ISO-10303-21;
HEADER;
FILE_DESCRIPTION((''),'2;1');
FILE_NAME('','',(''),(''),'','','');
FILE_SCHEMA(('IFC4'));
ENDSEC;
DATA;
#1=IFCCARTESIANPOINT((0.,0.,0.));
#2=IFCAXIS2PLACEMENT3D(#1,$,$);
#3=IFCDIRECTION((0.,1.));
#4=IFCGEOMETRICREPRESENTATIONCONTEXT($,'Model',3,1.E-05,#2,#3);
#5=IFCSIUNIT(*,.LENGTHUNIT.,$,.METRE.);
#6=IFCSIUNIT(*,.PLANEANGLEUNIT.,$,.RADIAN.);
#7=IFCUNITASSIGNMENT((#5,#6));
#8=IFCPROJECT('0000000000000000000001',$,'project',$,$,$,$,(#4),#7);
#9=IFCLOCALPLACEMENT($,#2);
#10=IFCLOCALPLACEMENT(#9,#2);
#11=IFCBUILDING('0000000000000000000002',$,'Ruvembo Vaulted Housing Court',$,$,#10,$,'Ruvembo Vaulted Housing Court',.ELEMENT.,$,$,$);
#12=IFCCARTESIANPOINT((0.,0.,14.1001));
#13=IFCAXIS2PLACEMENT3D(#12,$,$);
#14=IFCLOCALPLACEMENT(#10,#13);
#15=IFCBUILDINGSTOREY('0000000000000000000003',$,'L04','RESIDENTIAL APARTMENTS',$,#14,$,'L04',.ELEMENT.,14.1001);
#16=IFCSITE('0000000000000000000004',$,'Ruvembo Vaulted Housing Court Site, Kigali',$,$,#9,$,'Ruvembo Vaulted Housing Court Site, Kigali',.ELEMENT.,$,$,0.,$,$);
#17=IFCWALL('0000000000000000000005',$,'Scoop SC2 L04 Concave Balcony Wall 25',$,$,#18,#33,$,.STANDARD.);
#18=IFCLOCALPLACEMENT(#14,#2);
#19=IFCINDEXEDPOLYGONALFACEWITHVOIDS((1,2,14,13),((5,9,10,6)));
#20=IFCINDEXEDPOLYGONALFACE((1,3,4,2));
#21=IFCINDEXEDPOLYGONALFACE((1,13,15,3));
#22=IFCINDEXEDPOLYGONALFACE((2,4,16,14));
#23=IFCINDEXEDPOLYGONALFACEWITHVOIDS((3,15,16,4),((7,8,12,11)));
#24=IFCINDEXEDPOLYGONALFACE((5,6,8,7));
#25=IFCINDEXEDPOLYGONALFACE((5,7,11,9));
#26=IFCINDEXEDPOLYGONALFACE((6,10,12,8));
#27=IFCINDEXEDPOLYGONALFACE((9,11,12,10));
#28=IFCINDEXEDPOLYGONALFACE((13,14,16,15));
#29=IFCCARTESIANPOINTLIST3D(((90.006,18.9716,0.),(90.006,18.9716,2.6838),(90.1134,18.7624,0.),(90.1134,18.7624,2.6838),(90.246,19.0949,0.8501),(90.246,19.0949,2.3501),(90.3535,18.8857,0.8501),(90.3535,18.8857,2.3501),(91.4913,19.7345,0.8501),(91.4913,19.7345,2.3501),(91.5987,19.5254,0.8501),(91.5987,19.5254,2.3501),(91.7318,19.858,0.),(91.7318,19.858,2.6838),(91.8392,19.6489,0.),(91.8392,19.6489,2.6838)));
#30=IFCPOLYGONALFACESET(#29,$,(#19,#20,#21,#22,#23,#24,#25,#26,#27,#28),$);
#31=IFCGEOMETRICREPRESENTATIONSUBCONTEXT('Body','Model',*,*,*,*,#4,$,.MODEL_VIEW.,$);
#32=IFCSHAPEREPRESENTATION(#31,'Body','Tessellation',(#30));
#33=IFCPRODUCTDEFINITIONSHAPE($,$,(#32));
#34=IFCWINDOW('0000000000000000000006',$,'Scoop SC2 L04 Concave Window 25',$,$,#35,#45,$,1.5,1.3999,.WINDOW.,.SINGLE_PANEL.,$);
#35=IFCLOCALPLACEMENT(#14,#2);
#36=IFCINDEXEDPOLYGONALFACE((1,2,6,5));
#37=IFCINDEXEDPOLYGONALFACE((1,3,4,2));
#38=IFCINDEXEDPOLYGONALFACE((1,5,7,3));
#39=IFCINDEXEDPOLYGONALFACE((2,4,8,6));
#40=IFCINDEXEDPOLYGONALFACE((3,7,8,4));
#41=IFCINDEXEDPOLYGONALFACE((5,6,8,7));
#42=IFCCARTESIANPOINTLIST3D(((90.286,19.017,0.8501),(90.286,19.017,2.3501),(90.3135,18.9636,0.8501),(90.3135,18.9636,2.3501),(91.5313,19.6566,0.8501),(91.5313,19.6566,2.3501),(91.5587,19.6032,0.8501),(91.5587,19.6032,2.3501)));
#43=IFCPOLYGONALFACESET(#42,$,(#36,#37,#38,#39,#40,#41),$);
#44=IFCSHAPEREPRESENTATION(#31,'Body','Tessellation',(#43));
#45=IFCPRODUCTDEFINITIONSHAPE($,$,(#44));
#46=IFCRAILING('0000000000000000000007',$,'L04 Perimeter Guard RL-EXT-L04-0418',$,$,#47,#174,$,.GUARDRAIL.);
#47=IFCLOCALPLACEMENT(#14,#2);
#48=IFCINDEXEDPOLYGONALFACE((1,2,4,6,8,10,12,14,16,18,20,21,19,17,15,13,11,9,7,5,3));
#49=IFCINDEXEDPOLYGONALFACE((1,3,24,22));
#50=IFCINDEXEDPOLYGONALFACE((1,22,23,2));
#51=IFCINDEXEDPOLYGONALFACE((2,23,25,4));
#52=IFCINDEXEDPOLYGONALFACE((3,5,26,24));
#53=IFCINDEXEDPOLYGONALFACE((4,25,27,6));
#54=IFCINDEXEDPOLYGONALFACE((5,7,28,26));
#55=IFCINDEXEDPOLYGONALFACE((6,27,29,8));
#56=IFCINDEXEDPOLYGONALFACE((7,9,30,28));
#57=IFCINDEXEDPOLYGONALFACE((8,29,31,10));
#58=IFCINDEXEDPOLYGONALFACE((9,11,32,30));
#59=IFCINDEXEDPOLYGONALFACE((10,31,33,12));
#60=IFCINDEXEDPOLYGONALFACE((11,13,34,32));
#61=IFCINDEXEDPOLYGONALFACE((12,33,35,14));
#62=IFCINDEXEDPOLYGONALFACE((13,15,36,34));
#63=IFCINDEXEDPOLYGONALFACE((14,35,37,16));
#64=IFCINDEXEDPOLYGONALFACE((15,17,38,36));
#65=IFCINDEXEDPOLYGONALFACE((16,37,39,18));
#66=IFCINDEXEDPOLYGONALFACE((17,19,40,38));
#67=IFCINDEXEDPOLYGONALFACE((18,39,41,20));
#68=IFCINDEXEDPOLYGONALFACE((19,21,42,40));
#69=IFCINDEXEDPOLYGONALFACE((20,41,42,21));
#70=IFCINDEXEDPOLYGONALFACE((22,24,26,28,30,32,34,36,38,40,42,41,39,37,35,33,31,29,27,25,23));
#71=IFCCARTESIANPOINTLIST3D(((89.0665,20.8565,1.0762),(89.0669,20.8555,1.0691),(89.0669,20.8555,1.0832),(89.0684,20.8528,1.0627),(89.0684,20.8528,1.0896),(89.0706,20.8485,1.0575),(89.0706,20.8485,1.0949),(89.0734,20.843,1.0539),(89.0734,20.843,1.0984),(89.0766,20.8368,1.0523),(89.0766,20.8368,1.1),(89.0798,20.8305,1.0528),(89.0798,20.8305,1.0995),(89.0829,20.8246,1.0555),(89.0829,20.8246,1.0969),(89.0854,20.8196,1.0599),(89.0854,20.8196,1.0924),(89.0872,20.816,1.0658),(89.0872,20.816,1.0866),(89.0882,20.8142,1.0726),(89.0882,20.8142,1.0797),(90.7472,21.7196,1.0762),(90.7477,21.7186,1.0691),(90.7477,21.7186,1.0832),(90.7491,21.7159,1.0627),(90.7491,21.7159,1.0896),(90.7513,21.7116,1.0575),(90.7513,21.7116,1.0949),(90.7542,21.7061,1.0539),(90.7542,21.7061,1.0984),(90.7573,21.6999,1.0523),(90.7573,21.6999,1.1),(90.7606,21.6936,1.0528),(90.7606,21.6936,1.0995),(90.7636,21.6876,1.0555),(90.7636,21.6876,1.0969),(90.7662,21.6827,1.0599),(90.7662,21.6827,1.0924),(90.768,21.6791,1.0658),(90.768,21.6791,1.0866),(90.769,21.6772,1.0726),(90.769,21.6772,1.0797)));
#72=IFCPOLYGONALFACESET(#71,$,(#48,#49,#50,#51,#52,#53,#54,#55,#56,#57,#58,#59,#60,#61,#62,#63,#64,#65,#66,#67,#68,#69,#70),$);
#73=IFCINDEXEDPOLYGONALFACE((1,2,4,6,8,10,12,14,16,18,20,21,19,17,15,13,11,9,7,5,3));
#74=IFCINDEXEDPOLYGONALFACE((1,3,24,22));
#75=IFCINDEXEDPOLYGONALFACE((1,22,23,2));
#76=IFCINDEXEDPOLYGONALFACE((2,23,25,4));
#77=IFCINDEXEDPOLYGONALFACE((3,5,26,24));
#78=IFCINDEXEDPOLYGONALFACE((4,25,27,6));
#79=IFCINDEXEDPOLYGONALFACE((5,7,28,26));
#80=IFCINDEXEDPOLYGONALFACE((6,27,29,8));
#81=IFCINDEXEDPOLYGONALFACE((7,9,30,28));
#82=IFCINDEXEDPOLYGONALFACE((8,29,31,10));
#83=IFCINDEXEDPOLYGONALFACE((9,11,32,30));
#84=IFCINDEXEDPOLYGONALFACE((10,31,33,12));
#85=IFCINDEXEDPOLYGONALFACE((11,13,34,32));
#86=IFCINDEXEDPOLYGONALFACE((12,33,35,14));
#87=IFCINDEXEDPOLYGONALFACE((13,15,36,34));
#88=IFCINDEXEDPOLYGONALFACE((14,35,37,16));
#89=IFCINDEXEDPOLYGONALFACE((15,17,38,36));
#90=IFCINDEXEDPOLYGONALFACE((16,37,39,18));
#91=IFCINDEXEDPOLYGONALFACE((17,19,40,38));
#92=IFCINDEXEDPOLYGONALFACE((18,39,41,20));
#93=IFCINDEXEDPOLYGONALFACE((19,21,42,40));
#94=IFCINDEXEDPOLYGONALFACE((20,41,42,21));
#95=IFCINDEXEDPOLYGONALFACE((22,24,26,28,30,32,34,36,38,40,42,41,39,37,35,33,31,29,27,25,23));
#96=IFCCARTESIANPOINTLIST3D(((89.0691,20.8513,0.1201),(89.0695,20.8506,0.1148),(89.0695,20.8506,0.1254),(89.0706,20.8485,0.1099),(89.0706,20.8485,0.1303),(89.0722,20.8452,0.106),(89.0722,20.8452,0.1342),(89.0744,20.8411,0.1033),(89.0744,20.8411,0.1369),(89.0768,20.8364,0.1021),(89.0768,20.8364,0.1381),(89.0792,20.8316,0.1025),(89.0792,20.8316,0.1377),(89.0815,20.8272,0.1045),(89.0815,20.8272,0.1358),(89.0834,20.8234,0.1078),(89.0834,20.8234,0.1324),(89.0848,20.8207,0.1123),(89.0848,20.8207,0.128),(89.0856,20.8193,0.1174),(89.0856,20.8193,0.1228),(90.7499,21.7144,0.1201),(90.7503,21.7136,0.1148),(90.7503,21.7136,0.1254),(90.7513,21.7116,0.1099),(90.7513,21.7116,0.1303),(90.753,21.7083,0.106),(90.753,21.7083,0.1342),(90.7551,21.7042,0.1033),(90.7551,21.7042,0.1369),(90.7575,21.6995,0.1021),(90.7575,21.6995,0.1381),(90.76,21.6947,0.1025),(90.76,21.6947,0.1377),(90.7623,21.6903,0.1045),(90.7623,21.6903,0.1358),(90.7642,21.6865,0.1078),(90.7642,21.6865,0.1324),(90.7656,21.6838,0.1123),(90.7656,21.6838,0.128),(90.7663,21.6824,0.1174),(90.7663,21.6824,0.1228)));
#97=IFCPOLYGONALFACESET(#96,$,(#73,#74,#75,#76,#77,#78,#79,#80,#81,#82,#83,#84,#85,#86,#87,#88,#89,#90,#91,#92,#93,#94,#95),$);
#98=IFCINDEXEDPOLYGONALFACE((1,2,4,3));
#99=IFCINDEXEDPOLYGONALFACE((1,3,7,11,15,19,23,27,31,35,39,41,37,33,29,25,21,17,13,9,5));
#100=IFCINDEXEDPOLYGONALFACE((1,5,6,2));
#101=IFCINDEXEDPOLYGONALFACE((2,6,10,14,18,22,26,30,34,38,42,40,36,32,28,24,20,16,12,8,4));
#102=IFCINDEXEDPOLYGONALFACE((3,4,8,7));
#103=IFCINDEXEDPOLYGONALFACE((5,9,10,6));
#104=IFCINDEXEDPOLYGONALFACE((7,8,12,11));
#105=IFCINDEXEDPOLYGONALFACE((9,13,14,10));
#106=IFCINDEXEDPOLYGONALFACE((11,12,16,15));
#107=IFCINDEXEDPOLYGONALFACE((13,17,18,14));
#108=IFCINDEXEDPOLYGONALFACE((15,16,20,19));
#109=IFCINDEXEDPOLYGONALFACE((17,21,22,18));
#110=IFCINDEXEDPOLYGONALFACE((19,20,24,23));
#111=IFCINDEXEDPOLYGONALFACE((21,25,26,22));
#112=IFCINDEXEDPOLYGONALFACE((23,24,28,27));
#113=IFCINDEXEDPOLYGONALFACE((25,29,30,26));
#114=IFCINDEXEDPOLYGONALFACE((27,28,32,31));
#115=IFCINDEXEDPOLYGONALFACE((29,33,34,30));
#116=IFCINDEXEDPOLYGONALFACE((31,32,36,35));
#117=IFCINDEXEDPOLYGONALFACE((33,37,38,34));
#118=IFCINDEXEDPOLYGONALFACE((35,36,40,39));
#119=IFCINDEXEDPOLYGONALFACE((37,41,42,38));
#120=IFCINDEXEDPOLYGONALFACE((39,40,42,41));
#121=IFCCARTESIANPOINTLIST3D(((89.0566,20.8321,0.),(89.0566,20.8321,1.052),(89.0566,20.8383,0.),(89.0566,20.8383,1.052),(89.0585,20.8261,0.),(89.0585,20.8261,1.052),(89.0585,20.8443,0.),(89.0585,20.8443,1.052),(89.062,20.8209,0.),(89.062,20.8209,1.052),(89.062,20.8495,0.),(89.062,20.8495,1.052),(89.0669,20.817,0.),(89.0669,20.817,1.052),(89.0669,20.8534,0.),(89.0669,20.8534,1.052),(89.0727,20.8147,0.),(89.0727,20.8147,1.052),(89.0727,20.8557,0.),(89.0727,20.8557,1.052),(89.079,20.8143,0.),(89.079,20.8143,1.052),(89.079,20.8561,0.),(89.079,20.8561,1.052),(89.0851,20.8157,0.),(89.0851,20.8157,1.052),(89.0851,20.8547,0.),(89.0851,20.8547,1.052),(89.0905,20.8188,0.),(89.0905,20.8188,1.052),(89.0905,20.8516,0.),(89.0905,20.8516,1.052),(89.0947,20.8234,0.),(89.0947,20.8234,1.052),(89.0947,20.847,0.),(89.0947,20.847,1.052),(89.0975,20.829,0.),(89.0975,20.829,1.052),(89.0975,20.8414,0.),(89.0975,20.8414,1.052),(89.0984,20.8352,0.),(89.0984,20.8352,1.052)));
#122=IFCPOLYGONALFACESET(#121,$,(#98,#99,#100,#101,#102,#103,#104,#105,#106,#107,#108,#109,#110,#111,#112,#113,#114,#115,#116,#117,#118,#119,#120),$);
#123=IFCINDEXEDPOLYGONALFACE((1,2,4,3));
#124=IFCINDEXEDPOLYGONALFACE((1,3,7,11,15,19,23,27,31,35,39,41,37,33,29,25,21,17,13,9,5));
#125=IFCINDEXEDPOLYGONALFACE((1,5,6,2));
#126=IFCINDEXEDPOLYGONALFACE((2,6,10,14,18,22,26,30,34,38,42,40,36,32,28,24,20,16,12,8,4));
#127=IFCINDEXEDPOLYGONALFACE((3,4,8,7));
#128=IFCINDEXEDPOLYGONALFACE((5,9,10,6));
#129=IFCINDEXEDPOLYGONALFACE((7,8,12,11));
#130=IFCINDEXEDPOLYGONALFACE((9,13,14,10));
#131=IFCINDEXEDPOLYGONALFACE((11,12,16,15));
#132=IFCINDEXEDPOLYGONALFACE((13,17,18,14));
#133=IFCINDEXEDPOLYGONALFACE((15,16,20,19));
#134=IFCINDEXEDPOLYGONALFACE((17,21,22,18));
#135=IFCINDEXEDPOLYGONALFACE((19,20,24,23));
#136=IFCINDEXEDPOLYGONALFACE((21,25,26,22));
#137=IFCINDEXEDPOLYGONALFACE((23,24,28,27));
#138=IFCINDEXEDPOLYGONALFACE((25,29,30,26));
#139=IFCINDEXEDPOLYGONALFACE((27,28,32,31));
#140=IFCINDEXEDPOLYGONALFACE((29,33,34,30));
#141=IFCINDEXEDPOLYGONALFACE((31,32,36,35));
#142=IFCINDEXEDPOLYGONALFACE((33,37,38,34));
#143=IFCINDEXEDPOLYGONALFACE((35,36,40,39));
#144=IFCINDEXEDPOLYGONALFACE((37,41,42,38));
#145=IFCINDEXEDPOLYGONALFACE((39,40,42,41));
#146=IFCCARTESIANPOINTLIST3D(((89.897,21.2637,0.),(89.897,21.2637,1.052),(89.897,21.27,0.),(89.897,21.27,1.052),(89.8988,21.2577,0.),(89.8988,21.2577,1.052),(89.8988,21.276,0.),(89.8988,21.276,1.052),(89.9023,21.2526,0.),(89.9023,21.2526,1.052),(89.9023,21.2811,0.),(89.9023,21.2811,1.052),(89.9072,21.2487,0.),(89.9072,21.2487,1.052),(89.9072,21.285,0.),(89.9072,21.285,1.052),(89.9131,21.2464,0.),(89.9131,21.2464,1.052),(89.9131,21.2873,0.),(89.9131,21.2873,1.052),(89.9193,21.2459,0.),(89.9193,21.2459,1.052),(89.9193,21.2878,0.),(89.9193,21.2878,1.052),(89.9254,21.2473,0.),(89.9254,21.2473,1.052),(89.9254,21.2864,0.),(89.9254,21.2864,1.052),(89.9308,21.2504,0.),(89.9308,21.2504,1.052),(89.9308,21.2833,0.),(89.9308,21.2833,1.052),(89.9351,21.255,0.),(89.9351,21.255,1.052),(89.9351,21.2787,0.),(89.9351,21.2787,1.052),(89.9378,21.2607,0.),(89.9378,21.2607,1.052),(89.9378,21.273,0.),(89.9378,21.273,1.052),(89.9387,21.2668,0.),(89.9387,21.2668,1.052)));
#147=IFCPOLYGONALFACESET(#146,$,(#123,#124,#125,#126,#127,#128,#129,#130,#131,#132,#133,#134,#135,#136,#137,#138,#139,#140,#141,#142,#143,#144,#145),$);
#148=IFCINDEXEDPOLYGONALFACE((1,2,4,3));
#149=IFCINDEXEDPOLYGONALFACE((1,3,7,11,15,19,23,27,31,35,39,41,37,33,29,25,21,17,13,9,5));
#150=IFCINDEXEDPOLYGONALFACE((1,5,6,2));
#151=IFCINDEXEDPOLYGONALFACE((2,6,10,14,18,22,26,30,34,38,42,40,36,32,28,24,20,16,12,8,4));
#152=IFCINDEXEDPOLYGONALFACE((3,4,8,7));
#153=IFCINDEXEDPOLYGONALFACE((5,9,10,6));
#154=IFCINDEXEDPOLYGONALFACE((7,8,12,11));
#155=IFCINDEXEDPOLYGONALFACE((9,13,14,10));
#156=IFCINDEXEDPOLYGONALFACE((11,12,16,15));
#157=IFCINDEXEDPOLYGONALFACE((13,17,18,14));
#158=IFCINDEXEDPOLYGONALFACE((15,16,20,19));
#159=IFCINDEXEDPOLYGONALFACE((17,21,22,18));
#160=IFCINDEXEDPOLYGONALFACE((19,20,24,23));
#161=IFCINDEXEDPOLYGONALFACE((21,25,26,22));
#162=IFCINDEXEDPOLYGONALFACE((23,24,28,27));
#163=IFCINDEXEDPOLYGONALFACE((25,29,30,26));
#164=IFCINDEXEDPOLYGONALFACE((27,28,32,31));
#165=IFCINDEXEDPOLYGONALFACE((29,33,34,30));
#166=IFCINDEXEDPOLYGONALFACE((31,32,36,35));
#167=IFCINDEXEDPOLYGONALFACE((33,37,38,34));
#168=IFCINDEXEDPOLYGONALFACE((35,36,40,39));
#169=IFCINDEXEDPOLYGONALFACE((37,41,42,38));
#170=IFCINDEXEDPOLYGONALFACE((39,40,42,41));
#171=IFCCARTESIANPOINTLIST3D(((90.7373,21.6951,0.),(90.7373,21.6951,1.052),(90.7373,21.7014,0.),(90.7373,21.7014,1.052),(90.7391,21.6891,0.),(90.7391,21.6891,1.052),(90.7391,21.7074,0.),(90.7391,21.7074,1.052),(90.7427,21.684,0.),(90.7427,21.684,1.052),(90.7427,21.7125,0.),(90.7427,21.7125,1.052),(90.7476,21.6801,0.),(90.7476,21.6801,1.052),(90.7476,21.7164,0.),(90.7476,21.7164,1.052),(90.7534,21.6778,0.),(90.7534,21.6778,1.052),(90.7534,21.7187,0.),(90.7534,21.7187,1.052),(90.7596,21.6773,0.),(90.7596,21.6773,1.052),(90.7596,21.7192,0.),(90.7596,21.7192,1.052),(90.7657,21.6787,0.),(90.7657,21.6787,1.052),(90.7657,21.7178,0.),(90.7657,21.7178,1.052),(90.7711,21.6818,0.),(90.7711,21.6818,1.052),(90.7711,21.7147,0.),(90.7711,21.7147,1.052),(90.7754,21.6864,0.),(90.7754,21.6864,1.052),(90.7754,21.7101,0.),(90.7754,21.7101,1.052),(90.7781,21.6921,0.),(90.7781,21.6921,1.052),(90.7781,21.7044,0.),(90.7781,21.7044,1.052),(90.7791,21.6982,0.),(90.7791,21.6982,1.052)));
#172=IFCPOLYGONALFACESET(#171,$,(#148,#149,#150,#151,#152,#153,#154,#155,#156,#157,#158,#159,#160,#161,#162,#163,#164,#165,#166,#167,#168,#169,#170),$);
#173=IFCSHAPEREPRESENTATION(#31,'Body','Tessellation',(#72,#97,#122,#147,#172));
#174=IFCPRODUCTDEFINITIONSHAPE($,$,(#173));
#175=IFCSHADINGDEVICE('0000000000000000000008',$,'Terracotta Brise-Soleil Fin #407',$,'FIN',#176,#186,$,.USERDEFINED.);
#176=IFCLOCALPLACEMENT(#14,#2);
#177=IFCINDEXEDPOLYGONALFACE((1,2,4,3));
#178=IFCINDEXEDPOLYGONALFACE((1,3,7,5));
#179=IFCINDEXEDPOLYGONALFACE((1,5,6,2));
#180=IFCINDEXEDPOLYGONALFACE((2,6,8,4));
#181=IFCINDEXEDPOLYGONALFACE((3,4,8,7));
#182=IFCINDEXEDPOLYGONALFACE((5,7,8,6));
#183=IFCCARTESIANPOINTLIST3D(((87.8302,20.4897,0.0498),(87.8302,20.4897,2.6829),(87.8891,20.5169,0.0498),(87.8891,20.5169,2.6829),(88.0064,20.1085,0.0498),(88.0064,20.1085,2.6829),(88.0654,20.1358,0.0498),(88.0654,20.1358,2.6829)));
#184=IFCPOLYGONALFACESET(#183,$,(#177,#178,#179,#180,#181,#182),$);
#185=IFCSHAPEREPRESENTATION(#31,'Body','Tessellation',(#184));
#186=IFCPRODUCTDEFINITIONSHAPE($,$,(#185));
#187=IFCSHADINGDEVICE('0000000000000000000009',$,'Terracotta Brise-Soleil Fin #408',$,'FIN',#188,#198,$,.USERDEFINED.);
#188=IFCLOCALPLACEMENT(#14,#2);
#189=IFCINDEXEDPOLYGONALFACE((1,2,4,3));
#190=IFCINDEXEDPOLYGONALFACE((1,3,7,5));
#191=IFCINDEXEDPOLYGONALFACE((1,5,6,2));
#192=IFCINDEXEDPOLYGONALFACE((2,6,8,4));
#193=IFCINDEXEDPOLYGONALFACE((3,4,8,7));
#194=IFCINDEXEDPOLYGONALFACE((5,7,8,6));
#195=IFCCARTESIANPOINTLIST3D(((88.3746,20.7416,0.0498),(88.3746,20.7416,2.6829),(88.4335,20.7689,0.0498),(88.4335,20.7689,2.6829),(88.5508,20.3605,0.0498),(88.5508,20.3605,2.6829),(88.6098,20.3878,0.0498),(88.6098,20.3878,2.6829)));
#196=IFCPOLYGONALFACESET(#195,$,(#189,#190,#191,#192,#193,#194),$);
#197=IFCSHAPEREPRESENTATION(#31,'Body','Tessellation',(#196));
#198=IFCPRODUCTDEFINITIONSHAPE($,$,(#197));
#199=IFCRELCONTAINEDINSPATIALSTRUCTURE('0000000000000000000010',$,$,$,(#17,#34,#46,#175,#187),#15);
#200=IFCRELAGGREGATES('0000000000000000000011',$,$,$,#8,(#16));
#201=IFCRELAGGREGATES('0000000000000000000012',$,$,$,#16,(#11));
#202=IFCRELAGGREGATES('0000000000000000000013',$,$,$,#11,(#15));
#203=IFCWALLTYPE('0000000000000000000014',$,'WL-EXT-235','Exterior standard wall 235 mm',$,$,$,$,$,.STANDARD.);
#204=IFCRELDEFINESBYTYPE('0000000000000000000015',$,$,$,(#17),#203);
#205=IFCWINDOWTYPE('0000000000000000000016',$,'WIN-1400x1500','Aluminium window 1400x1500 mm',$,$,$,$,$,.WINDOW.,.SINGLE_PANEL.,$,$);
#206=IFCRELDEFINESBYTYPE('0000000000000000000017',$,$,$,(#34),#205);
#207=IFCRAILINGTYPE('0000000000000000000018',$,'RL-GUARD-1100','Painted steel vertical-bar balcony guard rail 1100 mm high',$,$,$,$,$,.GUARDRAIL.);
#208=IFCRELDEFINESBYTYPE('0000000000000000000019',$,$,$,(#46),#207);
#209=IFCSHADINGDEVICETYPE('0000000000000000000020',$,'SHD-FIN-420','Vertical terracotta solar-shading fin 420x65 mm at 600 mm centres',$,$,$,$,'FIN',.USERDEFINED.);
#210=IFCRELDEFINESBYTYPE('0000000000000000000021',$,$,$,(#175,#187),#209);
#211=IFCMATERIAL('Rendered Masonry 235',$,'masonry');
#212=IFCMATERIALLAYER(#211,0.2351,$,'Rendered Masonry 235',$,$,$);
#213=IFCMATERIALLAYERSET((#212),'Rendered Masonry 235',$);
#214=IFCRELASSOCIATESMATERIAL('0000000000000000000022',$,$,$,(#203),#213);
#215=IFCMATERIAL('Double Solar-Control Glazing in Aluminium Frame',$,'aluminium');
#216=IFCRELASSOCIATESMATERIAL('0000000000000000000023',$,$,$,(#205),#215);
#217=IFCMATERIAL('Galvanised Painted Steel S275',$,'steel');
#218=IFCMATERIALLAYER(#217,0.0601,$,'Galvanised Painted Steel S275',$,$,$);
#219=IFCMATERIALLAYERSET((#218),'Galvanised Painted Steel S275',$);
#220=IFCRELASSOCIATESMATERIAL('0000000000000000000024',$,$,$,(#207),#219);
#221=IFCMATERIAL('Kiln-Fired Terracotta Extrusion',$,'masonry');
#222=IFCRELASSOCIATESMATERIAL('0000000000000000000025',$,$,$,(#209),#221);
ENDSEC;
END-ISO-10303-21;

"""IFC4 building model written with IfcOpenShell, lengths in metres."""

from ifc_helpers import new_model, si_unit, direction, frame, frame_2d, origin, origin_2d, place, context, subcontext, project, spatial, rectangle, circle, extrude, material, layer, layer_set, type_object, element, fill, save


model = new_model("IFC4")

# Units and contexts
model_context = context("Model", 3, precision=1e-05, world=origin(), true_north=direction((0.0, 1.0)))
body_context = subcontext(model_context, "Body", "Model", "MODEL_VIEW")
ifc_project = project(units=[si_unit("LENGTHUNIT", "METRE"), si_unit("PLANEANGLEUNIT", "RADIAN")], contexts=[model_context])

# Site, building, storey
site_placement = place(None, origin())
site = spatial("IfcSite", under=ifc_project, at=site_placement, Name="Ruvembo Vaulted Housing Court Site, Kigali", LongName="Ruvembo Vaulted Housing Court Site, Kigali", CompositionType="ELEMENT", RefElevation=0.0)
building_placement = place(site_placement, origin())
building = spatial("IfcBuilding", under=site, at=building_placement, Name="Ruvembo Vaulted Housing Court", LongName="Ruvembo Vaulted Housing Court", CompositionType="ELEMENT")
storey_placement = place(building_placement, frame((0.0, 0.0, 14.1001)))
storey = spatial("IfcBuildingStorey", under=building, at=storey_placement, Name="L04", Description="RESIDENTIAL APARTMENTS", LongName="L04", CompositionType="ELEMENT", Elevation=14.1001)

# Wall, opening, window
ifc_material_1 = material(Name="Rendered Masonry 235", Category="masonry")
ifc_layer_1 = layer(ifc_material_1, 0.2351, Name="Rendered Masonry 235")
ifc_layer_set_1 = layer_set([ifc_layer_1], Name="Rendered Masonry 235")
wall_type_1 = type_object("IfcWallType", Name="WL-EXT-235", Description="Exterior standard wall 235 mm", PredefinedType="STANDARD", material=ifc_layer_set_1)
ifc_material_2 = material(Name="Double Solar-Control Glazing in Aluminium Frame", Category="aluminium")
wall_1_placement = place(storey_placement, frame((90.0596, 18.8669, 0.0), z_axis=(0.0, 0.0, 1.0), x_axis=(0.889517, 0.456902, 0.0)))
wall_1 = element("IfcWall", 1, at=wall_1_placement, inside=storey, type_object=wall_type_1, Name="Scoop SC2 L04 Concave Balcony Wall 25", PredefinedType="STANDARD", context=body_context, shape_type="SweptSolid", body=[
    extrude(rectangle(XDim=1.9402, YDim=0.2351, at=frame_2d((0.9702, 0.0))), origin(), (0.0, 0.0, 1.0), 2.6838),
])
opening_1_placement = place(wall_1_placement, frame((0.27, 0.0, 0.8501)))
opening_1 = element("IfcOpeningElement", 2, at=opening_1_placement, cuts=wall_1, PredefinedType="OPENING", context=body_context, shape_type="SweptSolid", body=[
    extrude(rectangle(XDim=1.3999, YDim=1.5, at=frame_2d((0.7, 0.75))), frame((0.0, 0.1274, 0.0), z_axis=(0.0, -1.0, 0.0), x_axis=(1.0, 0.0, 0.0)), (0.0, 0.0, 1.0), 0.2551),
])
window_type_1 = type_object("IfcWindowType", Name="WIN-1400x1500", Description="Aluminium window 1400x1500 mm", PartitioningType="SINGLE_PANEL", PredefinedType="WINDOW", material=ifc_material_2)
window_1_placement = place(opening_1_placement, origin())
window_1 = element("IfcWindow", 3, at=window_1_placement, inside=storey, type_object=window_type_1, Name="Scoop SC2 L04 Concave Window 25", OverallHeight=1.5, OverallWidth=1.3999, PartitioningType="SINGLE_PANEL", PredefinedType="WINDOW", context=body_context, shape_type="SweptSolid", body=[
    extrude(rectangle(XDim=1.3999, YDim=1.5, at=frame_2d((0.7, 0.75))), frame((0.0, 0.03, 0.0), z_axis=(0.0, -1.0, 0.0), x_axis=(1.0, 0.0, 0.0)), (0.0, 0.0, 1.0), 0.0601),
])
fill(opening_1, window_1)

# Railing
ifc_material_3 = material(Name="Galvanised Painted Steel S275", Category="steel")
ifc_layer_2 = layer(ifc_material_3, 0.0601, Name="Galvanised Painted Steel S275")
ifc_layer_set_2 = layer_set([ifc_layer_2], Name="Galvanised Painted Steel S275")
railing_type = type_object("IfcRailingType", Name="RL-GUARD-1100", Description="Painted steel vertical-bar balcony guard rail 1100 mm high", PredefinedType="GUARDRAIL", material=ifc_layer_set_2)
railing_placement = place(storey_placement, frame((89.0774, 20.8352, 0.0)))
element("IfcRailing", 4, at=railing_placement, inside=storey, type_object=railing_type, Name="L04 Perimeter Guard RL-EXT-L04-0418", PredefinedType="GUARDRAIL", context=body_context, shape_type="SweptSolid", body=[
    extrude(circle(Radius=0.0239, at=origin_2d()), frame((0.0, 0.0, 1.0762), z_axis=(0.889568, 0.456802, 0.0), x_axis=(-0.456802, 0.889568, 0.0)), (0.0, 0.0, 1.0), 1.8894),
    extrude(circle(Radius=0.0181, at=origin_2d()), frame((0.0, 0.0, 0.1201), z_axis=(0.889568, 0.456802, 0.0), x_axis=(-0.456802, 0.889568, 0.0)), (0.0, 0.0, 1.0), 1.8894),
    extrude(circle(Radius=0.021, at=origin_2d()), origin(), (0.0, 0.0, 1.0), 1.052),
    extrude(circle(Radius=0.021, at=origin_2d()), frame((0.8403, 0.4316, 0.0)), (0.0, 0.0, 1.0), 1.052),
    extrude(circle(Radius=0.021, at=origin_2d()), frame((1.6807, 0.863, 0.0)), (0.0, 0.0, 1.0), 1.052),
])

# Shading devices
ifc_material_4 = material(Name="Kiln-Fired Terracotta Extrusion", Category="masonry")
shading_device_type = type_object("IfcShadingDeviceType", Name="SHD-FIN-420", Description="Vertical terracotta solar-shading fin 420x65 mm at 600 mm centres", ElementType="FIN", PredefinedType="USERDEFINED", material=ifc_material_4)
for number, where, z_axis, x_axis, name in (
    (5, (87.9478, 20.3127, 0.0498), (0.0, 0.0, 1.0), (0.419737, -0.907646, 0.0), "Terracotta Brise-Soleil Fin #407"),
    (6, (88.4922, 20.5647, 0.0498), (0.0, 0.0, 1.0), (0.419737, -0.907646, 0.0), "Terracotta Brise-Soleil Fin #408"),
):
    element("IfcShadingDevice", number, at=place(storey_placement, frame(where, z_axis=z_axis, x_axis=x_axis)), inside=storey, type_object=shading_device_type, Name=name, ObjectType="FIN", PredefinedType="USERDEFINED", context=body_context, shape_type="SweptSolid", body=[
        extrude(rectangle(XDim=0.4199, YDim=0.0649, at=origin_2d()), origin(), (0.0, 0.0, 1.0), 2.6331),
    ])

save(model, "model.ifc")
